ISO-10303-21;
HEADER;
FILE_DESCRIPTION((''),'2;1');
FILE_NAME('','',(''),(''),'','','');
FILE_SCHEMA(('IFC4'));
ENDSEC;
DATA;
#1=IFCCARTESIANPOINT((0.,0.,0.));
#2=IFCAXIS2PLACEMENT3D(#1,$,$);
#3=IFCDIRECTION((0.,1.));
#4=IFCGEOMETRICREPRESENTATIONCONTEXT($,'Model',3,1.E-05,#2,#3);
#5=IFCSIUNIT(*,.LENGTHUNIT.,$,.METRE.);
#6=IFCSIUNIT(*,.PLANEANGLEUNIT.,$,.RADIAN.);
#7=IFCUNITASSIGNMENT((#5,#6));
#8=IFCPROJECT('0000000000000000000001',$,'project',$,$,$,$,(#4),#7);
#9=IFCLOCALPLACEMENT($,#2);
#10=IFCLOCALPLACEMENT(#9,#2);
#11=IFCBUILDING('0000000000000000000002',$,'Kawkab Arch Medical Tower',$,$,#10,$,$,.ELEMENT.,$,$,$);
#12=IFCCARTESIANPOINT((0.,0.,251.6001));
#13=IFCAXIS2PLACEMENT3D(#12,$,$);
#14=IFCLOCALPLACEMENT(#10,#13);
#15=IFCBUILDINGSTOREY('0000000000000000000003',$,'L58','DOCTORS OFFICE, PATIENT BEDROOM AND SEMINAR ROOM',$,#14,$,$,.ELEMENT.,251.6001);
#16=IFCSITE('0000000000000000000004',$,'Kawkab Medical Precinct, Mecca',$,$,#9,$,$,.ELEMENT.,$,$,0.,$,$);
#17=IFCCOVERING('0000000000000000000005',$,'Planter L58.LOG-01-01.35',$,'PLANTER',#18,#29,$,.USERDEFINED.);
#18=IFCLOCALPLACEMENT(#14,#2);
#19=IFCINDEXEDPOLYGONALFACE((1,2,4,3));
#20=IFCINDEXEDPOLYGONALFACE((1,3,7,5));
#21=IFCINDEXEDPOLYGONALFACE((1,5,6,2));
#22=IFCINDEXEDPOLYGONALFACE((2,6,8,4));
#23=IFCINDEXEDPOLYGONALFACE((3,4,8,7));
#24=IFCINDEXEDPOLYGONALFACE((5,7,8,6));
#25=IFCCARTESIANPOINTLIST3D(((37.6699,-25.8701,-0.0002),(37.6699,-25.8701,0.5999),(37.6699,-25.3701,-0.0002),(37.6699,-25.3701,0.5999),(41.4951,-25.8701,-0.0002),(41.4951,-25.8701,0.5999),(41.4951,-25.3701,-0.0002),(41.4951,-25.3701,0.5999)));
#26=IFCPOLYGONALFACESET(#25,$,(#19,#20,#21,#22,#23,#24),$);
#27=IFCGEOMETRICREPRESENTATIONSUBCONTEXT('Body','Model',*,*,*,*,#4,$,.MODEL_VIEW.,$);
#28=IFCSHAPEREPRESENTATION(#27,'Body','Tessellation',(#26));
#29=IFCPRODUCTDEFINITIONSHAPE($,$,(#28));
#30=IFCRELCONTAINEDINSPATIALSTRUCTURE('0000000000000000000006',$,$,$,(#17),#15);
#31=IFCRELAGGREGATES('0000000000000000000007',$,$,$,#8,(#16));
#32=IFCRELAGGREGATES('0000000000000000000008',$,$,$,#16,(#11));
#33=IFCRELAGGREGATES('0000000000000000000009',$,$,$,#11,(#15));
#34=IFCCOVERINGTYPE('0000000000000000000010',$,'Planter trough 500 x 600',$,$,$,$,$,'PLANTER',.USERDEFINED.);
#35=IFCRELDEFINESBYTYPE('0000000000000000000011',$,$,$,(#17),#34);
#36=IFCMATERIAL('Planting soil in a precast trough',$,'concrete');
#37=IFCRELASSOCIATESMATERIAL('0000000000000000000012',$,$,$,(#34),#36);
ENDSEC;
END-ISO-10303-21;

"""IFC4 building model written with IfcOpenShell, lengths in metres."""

from ifc_helpers import new_model, si_unit, direction, frame, origin, origin_2d, place, context, subcontext, project, spatial, rectangle, extrude, material, material_profile, profile_set, type_object, element, save


model = new_model("IFC4")

# Units and contexts
model_context = context("Model", 3, precision=1e-05, world=origin(), true_north=direction((0.0, 1.0)))
body_context = subcontext(model_context, "Body", "Model", "MODEL_VIEW")
ifc_project = project(units=[si_unit("LENGTHUNIT", "METRE"), si_unit("PLANEANGLEUNIT", "RADIAN")], contexts=[model_context])

# Site, building, storey
site_placement = place(None, origin())
site = spatial("IfcSite", under=ifc_project, at=site_placement, Name="Kawkab Medical Precinct, Mecca", CompositionType="ELEMENT", RefElevation=0.0)
building_placement = place(site_placement, origin())
building = spatial("IfcBuilding", under=site, at=building_placement, Name="Kawkab Arch Medical Tower", CompositionType="ELEMENT")
storey_placement = place(building_placement, frame((0.0, 0.0, 251.6001)))
storey = spatial("IfcBuildingStorey", under=building, at=storey_placement, Name="L58", Description="DOCTORS OFFICE, PATIENT BEDROOM AND SEMINAR ROOM", CompositionType="ELEMENT", Elevation=251.6001)

# Covering
ifc_material_1 = material(Name="Planting soil in a precast trough", Category="concrete")
ifc_material_profile_1 = material_profile(ifc_material_1, rectangle(XDim=0.5, YDim=0.6001, at=origin_2d()), Name="Trough 500x600")
ifc_profile_set_1 = profile_set([ifc_material_profile_1], Name="Planting soil in a precast trough")
covering_type_1 = type_object("IfcCoveringType", Name="Planter trough 500 x 600", ElementType="PLANTER", PredefinedType="USERDEFINED", material=ifc_profile_set_1)
covering_1_placement = place(storey_placement, frame((41.4951, -25.6201, 0.2998), z_axis=(-1.0, 0.0, 0.0), x_axis=(0.0, -1.0, 0.0)))
element("IfcCovering", 1, at=covering_1_placement, inside=storey, type_object=covering_type_1, Name="Planter L58.LOG-01-01.35", ObjectType="PLANTER", PredefinedType="USERDEFINED", context=body_context, shape_type="SweptSolid", body=[
    extrude(rectangle(XDim=0.5, YDim=0.6001, at=origin_2d()), origin(), (0.0, 0.0, 1.0), 3.8252),
])

save(model, "model.ifc")
